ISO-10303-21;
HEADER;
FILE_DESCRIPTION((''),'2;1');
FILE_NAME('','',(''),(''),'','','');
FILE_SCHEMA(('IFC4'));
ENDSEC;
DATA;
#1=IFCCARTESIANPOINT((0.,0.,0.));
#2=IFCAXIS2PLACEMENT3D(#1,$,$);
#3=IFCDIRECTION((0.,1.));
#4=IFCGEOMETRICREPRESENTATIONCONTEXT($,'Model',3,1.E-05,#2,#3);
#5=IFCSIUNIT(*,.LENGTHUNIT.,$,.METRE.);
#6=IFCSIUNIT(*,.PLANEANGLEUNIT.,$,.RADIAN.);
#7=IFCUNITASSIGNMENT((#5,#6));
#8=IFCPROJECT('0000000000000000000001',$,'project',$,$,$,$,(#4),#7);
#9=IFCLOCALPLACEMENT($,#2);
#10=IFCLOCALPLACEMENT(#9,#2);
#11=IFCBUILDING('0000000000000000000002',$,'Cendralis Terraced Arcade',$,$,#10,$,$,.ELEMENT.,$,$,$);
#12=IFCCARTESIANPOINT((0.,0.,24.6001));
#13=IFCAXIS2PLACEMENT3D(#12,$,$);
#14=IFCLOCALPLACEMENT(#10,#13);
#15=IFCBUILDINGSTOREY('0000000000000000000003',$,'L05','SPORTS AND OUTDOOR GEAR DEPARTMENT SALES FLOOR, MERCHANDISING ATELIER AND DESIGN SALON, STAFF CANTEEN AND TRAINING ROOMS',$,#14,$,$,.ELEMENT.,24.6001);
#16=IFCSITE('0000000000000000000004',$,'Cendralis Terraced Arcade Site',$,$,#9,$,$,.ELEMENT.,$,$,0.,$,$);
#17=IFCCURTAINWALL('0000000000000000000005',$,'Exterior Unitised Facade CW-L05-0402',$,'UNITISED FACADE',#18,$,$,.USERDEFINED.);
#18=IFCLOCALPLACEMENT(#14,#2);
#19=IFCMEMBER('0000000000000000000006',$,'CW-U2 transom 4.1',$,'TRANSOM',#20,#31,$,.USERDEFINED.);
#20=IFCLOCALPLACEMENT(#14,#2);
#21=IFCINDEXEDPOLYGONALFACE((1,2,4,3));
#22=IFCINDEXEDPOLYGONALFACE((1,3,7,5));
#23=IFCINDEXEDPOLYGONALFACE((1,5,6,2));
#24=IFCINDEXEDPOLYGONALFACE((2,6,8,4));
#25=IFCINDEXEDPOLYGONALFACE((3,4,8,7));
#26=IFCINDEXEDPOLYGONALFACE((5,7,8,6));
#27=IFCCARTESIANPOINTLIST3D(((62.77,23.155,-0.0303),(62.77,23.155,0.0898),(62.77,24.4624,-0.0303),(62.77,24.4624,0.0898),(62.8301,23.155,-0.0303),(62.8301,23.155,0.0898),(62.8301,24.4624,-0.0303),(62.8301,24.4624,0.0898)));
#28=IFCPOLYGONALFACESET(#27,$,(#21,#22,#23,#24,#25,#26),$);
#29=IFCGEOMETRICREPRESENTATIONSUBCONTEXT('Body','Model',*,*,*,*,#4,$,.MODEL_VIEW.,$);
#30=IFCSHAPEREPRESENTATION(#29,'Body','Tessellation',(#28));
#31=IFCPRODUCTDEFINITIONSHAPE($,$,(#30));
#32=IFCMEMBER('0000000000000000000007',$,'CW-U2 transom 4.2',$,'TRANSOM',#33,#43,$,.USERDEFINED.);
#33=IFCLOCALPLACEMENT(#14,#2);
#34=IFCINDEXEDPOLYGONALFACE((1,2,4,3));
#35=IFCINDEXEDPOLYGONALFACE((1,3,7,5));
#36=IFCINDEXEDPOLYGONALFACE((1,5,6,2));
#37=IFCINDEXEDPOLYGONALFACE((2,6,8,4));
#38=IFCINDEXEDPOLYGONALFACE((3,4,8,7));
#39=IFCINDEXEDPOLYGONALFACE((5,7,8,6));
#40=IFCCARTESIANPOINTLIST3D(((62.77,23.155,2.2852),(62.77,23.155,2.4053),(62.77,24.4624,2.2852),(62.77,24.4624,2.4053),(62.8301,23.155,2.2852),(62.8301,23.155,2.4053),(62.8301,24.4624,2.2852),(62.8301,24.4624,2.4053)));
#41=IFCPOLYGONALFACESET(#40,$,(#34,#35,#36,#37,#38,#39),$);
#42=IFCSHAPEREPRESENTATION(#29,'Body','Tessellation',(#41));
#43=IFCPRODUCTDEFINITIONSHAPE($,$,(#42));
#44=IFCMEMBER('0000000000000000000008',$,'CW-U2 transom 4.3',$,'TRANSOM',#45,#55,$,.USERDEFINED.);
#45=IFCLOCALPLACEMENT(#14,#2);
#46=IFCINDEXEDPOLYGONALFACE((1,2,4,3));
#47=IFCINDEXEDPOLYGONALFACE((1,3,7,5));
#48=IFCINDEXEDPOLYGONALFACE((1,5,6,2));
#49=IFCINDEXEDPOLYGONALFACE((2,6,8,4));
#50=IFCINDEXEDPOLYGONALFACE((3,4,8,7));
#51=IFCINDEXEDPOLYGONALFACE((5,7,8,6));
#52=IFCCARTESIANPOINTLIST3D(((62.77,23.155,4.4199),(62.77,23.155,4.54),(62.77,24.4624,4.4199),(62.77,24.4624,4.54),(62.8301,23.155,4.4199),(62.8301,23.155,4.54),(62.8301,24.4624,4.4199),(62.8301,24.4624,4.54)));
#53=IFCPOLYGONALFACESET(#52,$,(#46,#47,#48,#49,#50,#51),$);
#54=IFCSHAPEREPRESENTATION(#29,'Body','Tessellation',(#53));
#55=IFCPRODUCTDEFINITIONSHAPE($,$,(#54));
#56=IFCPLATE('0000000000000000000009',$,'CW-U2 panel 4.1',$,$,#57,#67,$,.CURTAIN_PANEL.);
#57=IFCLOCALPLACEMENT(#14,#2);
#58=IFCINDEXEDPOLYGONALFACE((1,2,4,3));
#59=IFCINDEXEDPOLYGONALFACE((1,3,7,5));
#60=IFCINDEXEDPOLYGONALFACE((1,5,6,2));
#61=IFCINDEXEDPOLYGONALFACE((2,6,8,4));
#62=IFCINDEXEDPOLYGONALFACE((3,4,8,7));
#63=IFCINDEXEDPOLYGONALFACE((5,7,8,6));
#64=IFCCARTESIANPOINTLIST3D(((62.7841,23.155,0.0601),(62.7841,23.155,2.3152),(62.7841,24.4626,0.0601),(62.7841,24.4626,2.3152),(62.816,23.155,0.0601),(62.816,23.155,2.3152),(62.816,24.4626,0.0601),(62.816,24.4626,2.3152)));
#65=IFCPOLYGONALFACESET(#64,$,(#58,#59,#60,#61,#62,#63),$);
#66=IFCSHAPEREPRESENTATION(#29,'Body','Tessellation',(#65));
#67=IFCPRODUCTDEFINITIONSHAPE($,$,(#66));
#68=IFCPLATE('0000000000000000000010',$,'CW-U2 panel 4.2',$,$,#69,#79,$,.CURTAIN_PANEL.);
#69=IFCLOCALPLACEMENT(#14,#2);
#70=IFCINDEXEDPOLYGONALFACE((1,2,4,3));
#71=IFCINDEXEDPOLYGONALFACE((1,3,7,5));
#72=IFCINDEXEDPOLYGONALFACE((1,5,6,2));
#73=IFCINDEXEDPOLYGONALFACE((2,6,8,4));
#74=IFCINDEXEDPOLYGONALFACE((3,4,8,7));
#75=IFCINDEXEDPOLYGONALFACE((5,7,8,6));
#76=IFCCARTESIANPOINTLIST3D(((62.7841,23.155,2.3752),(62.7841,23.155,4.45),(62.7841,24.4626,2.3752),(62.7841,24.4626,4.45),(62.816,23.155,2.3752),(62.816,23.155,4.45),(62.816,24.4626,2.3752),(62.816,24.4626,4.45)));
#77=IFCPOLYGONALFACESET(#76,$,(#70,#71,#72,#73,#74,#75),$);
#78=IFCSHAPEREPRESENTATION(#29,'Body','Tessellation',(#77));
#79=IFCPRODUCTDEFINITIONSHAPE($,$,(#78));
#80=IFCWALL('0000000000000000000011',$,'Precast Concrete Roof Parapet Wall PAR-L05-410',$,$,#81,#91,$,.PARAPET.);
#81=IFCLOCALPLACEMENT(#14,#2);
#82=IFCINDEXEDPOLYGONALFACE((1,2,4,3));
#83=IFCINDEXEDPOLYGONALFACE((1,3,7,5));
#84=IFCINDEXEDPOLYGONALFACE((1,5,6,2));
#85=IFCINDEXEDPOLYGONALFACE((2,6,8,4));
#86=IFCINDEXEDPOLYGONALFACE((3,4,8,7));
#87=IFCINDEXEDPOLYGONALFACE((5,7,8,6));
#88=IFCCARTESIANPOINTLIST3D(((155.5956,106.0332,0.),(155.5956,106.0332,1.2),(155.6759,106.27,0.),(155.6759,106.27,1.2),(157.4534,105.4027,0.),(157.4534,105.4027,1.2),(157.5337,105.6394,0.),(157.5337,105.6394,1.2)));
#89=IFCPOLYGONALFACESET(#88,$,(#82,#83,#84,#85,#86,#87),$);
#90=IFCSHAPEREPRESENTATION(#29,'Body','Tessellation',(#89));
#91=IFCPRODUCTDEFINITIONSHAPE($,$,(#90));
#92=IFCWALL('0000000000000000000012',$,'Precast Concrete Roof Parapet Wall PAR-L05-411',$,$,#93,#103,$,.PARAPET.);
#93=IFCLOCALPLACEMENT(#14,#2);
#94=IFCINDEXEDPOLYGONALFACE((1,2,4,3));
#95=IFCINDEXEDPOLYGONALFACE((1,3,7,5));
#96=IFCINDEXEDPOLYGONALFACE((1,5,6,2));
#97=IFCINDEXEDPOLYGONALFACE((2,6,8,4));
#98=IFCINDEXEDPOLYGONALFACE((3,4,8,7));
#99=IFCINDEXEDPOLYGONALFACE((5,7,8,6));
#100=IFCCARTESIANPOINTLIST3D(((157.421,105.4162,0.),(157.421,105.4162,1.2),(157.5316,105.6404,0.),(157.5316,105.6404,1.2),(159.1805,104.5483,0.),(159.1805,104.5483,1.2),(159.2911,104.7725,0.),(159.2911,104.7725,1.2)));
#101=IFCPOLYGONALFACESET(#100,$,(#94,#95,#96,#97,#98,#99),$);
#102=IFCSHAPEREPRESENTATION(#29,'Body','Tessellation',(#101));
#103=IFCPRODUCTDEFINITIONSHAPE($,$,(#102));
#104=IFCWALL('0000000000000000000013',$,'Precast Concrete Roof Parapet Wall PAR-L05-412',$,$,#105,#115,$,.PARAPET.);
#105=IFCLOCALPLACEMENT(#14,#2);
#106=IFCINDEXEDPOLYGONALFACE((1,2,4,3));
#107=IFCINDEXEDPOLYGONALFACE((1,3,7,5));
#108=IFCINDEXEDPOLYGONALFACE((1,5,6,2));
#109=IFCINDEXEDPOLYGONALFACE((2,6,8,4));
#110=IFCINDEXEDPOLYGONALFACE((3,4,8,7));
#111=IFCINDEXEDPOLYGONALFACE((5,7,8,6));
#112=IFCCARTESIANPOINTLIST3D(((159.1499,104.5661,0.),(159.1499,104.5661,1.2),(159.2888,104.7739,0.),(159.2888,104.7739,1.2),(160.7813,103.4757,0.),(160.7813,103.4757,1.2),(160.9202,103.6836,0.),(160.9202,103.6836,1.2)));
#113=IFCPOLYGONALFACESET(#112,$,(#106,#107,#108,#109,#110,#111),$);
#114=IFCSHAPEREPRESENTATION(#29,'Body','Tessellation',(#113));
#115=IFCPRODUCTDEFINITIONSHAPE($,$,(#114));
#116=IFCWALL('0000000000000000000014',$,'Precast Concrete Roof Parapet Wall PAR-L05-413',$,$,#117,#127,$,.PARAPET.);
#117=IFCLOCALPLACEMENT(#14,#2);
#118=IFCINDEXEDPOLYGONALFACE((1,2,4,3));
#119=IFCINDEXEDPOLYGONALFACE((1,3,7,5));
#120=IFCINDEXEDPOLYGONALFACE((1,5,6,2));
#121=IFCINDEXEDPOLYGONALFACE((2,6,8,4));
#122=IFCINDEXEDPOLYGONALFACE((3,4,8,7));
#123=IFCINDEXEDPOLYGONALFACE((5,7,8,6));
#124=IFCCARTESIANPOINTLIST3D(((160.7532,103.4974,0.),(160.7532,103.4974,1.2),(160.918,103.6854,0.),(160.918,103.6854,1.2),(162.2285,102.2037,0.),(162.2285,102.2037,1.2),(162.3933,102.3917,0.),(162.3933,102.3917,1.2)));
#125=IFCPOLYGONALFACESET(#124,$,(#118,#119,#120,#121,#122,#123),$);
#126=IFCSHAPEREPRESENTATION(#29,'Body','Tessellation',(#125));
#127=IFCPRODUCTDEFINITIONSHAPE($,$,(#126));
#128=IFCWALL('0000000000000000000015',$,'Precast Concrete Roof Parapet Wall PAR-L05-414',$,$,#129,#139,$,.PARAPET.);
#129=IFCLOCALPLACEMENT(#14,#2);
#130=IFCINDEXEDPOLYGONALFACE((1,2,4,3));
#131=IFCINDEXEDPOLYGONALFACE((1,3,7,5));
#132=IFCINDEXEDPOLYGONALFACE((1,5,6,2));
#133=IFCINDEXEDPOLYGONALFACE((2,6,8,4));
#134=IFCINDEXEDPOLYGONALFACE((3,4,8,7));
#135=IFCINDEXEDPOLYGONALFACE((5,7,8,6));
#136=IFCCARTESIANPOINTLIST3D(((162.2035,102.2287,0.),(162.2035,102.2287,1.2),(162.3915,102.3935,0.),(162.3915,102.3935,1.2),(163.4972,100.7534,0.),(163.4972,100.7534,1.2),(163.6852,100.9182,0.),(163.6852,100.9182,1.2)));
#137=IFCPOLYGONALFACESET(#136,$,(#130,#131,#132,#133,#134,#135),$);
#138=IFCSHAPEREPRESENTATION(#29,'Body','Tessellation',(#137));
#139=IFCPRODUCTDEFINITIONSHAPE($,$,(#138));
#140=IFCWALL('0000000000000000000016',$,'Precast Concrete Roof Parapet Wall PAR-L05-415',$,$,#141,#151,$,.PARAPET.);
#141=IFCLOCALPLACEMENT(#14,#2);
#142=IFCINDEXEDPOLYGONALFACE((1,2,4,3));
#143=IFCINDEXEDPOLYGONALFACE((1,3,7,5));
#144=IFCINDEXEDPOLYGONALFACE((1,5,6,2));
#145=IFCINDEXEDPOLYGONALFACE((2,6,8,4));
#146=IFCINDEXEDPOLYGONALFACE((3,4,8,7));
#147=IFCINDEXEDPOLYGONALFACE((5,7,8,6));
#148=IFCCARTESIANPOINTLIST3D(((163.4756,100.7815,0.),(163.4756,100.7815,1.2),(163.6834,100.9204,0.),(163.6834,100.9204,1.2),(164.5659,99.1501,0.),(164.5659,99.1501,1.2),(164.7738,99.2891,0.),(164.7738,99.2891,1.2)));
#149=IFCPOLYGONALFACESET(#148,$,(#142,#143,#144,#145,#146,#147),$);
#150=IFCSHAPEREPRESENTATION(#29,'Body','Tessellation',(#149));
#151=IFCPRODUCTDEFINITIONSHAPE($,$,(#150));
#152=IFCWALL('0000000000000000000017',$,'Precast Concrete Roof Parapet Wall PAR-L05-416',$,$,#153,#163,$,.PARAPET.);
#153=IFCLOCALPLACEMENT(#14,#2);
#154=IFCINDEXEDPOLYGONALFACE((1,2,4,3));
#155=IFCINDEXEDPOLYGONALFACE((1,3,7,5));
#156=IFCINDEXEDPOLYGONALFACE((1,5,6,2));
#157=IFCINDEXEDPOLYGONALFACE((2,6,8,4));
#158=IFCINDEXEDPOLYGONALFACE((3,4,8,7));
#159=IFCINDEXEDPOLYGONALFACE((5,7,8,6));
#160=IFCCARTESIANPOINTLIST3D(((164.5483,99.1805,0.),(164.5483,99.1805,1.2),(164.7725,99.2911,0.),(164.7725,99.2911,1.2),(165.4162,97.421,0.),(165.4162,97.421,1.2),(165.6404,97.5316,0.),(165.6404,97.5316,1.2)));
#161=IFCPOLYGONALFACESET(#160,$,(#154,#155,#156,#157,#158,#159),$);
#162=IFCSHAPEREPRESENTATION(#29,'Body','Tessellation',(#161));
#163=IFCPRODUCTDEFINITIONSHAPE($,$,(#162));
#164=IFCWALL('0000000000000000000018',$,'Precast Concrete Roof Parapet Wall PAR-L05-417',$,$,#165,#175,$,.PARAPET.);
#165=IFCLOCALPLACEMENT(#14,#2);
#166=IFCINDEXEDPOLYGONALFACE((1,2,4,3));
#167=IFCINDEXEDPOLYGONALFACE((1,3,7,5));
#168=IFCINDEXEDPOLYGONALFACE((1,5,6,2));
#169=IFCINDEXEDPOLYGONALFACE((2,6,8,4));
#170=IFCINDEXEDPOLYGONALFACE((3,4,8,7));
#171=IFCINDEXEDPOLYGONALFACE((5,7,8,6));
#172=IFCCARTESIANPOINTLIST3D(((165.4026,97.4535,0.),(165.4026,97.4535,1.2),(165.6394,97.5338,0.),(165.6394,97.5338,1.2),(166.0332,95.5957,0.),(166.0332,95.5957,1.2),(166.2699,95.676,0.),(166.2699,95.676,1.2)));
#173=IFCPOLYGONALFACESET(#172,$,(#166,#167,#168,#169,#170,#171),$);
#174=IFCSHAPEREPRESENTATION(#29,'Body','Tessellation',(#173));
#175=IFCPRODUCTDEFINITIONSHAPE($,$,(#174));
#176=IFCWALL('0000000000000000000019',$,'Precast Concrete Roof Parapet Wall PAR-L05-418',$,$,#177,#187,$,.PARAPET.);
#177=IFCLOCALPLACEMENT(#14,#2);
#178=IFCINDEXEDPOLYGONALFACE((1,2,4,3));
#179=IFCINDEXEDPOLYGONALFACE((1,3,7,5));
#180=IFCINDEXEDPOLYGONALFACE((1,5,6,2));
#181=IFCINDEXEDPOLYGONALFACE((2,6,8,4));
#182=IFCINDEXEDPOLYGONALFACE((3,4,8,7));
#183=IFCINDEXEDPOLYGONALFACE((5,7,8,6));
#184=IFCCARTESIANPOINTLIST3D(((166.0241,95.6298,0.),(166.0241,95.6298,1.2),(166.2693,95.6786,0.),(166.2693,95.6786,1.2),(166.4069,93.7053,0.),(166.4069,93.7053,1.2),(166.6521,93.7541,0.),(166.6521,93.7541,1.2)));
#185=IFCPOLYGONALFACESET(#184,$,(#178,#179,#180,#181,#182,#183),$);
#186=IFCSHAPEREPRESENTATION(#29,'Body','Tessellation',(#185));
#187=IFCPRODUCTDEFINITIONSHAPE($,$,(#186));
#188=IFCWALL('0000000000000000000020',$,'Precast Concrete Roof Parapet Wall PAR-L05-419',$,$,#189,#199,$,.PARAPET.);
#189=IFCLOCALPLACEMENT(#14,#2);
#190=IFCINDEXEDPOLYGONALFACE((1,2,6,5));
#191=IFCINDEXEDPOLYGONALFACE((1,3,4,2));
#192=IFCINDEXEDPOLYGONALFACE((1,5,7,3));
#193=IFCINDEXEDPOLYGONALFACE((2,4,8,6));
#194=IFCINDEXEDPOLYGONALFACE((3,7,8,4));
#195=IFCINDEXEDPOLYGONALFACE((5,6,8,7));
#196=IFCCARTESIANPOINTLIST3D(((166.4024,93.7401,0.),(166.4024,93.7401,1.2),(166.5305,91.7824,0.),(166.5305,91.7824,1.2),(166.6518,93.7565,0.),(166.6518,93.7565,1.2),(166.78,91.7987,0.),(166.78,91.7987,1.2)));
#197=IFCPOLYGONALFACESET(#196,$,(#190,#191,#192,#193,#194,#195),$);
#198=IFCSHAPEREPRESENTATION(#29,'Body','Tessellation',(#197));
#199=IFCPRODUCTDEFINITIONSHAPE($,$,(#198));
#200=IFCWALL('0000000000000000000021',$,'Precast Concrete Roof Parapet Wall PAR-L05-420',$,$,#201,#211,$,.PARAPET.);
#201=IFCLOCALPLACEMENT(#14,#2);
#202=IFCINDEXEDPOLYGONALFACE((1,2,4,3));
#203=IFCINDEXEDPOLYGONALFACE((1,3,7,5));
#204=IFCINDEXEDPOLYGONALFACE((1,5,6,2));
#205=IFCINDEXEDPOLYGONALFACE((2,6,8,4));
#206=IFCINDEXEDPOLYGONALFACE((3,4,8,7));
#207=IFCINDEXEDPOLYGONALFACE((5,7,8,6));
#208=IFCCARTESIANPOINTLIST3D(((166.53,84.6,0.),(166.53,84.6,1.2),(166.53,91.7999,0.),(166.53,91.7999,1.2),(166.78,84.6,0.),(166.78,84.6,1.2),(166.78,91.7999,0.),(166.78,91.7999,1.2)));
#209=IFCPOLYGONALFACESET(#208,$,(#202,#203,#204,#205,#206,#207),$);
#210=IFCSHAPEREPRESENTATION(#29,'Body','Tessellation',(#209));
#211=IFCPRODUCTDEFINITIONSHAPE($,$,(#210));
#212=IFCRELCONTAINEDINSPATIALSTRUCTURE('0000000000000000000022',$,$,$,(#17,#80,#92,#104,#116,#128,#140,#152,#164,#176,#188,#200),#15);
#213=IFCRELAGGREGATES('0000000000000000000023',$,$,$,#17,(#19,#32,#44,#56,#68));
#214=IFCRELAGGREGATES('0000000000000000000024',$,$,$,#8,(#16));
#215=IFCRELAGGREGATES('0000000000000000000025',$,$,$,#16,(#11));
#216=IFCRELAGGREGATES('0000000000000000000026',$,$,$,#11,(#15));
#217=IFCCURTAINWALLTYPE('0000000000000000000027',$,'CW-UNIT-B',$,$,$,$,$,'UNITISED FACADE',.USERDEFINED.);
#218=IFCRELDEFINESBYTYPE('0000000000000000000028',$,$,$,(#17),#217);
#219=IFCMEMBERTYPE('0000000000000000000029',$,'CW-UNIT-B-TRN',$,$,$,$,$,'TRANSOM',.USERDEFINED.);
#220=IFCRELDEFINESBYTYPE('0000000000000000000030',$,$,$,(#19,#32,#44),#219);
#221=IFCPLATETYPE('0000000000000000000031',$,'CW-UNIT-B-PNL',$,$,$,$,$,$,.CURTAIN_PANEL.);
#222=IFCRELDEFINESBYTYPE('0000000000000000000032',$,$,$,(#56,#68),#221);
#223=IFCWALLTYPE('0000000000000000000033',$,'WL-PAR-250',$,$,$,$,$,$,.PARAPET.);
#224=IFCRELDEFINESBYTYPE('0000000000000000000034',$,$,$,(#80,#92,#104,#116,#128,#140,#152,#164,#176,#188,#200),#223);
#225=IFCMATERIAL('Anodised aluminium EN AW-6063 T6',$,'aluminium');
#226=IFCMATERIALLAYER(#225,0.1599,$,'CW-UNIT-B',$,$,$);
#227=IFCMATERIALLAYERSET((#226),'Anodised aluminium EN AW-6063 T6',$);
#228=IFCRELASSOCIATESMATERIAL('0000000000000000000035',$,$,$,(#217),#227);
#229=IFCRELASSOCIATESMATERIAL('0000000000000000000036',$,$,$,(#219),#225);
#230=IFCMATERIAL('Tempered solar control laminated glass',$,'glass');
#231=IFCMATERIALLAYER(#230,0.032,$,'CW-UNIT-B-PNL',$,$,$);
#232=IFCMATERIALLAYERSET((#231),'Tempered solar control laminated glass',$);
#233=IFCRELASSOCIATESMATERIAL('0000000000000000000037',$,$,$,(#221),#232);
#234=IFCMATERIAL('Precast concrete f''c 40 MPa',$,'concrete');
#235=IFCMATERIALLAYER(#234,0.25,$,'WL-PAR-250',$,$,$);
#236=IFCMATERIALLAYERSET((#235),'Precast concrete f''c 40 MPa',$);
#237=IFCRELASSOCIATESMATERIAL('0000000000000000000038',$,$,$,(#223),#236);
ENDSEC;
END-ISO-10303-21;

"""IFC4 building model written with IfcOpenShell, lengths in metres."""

from ifc_helpers import new_model, si_unit, direction, frame, frame_2d, origin, origin_2d, place, context, subcontext, project, spatial, rectangle, extrude, material, layer, layer_set, material_profile, profile_set, type_object, element, aggregate, save


model = new_model("IFC4")

# Units and contexts
model_context = context("Model", 3, precision=1e-05, world=origin(), true_north=direction((0.0, 1.0)))
body_context = subcontext(model_context, "Body", "Model", "MODEL_VIEW")
ifc_project = project(units=[si_unit("LENGTHUNIT", "METRE"), si_unit("PLANEANGLEUNIT", "RADIAN")], contexts=[model_context])

# Site, building, storey
site_placement = place(None, origin())
site = spatial("IfcSite", under=ifc_project, at=site_placement, Name="Cendralis Terraced Arcade Site", CompositionType="ELEMENT", RefElevation=0.0)
building_placement = place(site_placement, origin())
building = spatial("IfcBuilding", under=site, at=building_placement, Name="Cendralis Terraced Arcade", CompositionType="ELEMENT")
storey_placement = place(building_placement, frame((0.0, 0.0, 24.6001)))
storey = spatial("IfcBuildingStorey", under=building, at=storey_placement, Name="L05", Description="SPORTS AND OUTDOOR GEAR DEPARTMENT SALES FLOOR, MERCHANDISING ATELIER AND DESIGN SALON, STAFF CANTEEN AND TRAINING ROOMS", CompositionType="ELEMENT", Elevation=24.6001)

# Curtain wall, members, plates
ifc_material_1 = material(Name="Anodised aluminium EN AW-6063 T6", Category="aluminium")
ifc_layer_1 = layer(ifc_material_1, 0.1599, Name="CW-UNIT-B")
ifc_layer_set_1 = layer_set([ifc_layer_1], Name="Anodised aluminium EN AW-6063 T6")
curtain_wall_type = type_object("IfcCurtainWallType", Name="CW-UNIT-B", ElementType="UNITISED FACADE", PredefinedType="USERDEFINED", material=ifc_layer_set_1)
curtain_wall_placement = place(storey_placement, origin())
curtain_wall = element("IfcCurtainWall", 1, at=curtain_wall_placement, inside=storey, type_object=curtain_wall_type, Name="Exterior Unitised Facade CW-L05-0402", ObjectType="UNITISED FACADE", PredefinedType="USERDEFINED")
ifc_material_profile = material_profile(ifc_material_1, rectangle(XDim=0.0601, YDim=0.1201, at=origin_2d()), Name="ALU-TRN-60x120")
ifc_profile_set = profile_set([ifc_material_profile], Name="Anodised aluminium EN AW-6063 T6")
member_type = type_object("IfcMemberType", Name="CW-UNIT-B-TRN", ElementType="TRANSOM", PredefinedType="USERDEFINED", material=ifc_profile_set)
member_1_placement = place(storey_placement, frame((62.8, 24.4624, 0.0298), z_axis=(0.0, -1.0, 0.0), x_axis=(1.0, 0.0, 0.0)))
member_1 = element("IfcMember", 2, at=member_1_placement, type_object=member_type, Name="CW-U2 transom 4.1", ObjectType="TRANSOM", PredefinedType="USERDEFINED", context=body_context, shape_type="SweptSolid", body=[
    extrude(rectangle(XDim=0.0601, YDim=0.1201, at=origin_2d()), origin(), (0.0, 0.0, 1.0), 1.3074),
])
member_2_placement = place(storey_placement, frame((62.8, 24.4624, 2.3452), z_axis=(0.0, -1.0, 0.0), x_axis=(1.0, 0.0, 0.0)))
member_2 = element("IfcMember", 3, at=member_2_placement, type_object=member_type, Name="CW-U2 transom 4.2", ObjectType="TRANSOM", PredefinedType="USERDEFINED", context=body_context, shape_type="SweptSolid", body=[
    extrude(rectangle(XDim=0.0601, YDim=0.1201, at=origin_2d()), origin(), (0.0, 0.0, 1.0), 1.3074),
])
member_3_placement = place(storey_placement, frame((62.8, 24.4624, 4.48), z_axis=(0.0, -1.0, 0.0), x_axis=(1.0, 0.0, 0.0)))
member_3 = element("IfcMember", 4, at=member_3_placement, type_object=member_type, Name="CW-U2 transom 4.3", ObjectType="TRANSOM", PredefinedType="USERDEFINED", context=body_context, shape_type="SweptSolid", body=[
    extrude(rectangle(XDim=0.0601, YDim=0.1201, at=origin_2d()), origin(), (0.0, 0.0, 1.0), 1.3074),
])
ifc_material_2 = material(Name="Tempered solar control laminated glass", Category="glass")
ifc_layer_2 = layer(ifc_material_2, 0.032, Name="CW-UNIT-B-PNL")
ifc_layer_set_2 = layer_set([ifc_layer_2], Name="Tempered solar control laminated glass")
plate_type = type_object("IfcPlateType", Name="CW-UNIT-B-PNL", PredefinedType="CURTAIN_PANEL", material=ifc_layer_set_2)
plate_1_placement = place(storey_placement, frame((62.8, 23.8088, 0.0601), z_axis=(0.0, 0.0, 1.0), x_axis=(0.0, -1.0, 0.0)))
plate_1 = element("IfcPlate", 5, at=plate_1_placement, type_object=plate_type, Name="CW-U2 panel 4.1", PredefinedType="CURTAIN_PANEL", context=body_context, shape_type="SweptSolid", body=[
    extrude(rectangle(XDim=1.3076, YDim=0.032, at=origin_2d()), origin(), (0.0, 0.0, 1.0), 2.2551),
])
plate_2_placement = place(storey_placement, frame((62.8, 23.8088, 2.3752), z_axis=(0.0, 0.0, 1.0), x_axis=(0.0, -1.0, 0.0)))
plate_2 = element("IfcPlate", 6, at=plate_2_placement, type_object=plate_type, Name="CW-U2 panel 4.2", PredefinedType="CURTAIN_PANEL", context=body_context, shape_type="SweptSolid", body=[
    extrude(rectangle(XDim=1.3076, YDim=0.032, at=origin_2d()), origin(), (0.0, 0.0, 1.0), 2.0747),
])
aggregate(curtain_wall, [member_1, member_2, member_3, plate_1, plate_2])

# Walls
ifc_material_3 = material(Name="Precast concrete f'c 40 MPa", Category="concrete")
ifc_layer_3 = layer(ifc_material_3, 0.25, Name="WL-PAR-250")
ifc_layer_set_3 = layer_set([ifc_layer_3], Name="Precast concrete f'c 40 MPa")
wall_type = type_object("IfcWallType", Name="WL-PAR-250", PredefinedType="PARAPET", material=ifc_layer_set_3)
for number, where, z_axis, x_axis, name in (
    (7, (155.6357, 106.1516, 0.0), (0.0, 0.0, 1.0), (0.946939, -0.321412, 0.0), "Precast Concrete Roof Parapet Wall PAR-L05-410"),
    (8, (157.4763, 105.5283, 0.0), (0.0, 0.0, 1.0), (0.896828, -0.442379, 0.0), "Precast Concrete Roof Parapet Wall PAR-L05-411"),
):
    element("IfcWall", number, at=place(storey_placement, frame(where, z_axis=z_axis, x_axis=x_axis)), inside=storey, type_object=wall_type, Name=name, PredefinedType="PARAPET", context=body_context, shape_type="SweptSolid", body=[
        extrude(rectangle(XDim=1.9619, YDim=0.25, at=frame_2d((0.981, 0.0))), origin(), (0.0, 0.0, 1.0), 1.2),
    ])
for number, where, z_axis, x_axis, name in (
    (9, (159.2195, 104.6699, 0.0), (0.0, 0.0, 1.0), (0.831399, -0.555676, 0.0), "Precast Concrete Roof Parapet Wall PAR-L05-412"),
    (10, (160.8357, 103.5913, 0.0), (0.0, 0.0, 1.0), (0.751875, -0.659306, 0.0), "Precast Concrete Roof Parapet Wall PAR-L05-413"),
    (11, (162.2976, 102.311, 0.0), (0.0, 0.0, 1.0), (0.659306, -0.751875, 0.0), "Precast Concrete Roof Parapet Wall PAR-L05-414"),
    (12, (163.5796, 100.8508, 0.0), (0.0, 0.0, 1.0), (0.555676, -0.831399, 0.0), "Precast Concrete Roof Parapet Wall PAR-L05-415"),
):
    element("IfcWall", number, at=place(storey_placement, frame(where, z_axis=z_axis, x_axis=x_axis)), inside=storey, type_object=wall_type, Name=name, PredefinedType="PARAPET", context=body_context, shape_type="SweptSolid", body=[
        extrude(rectangle(XDim=1.9622, YDim=0.25, at=frame_2d((0.981, 0.0))), origin(), (0.0, 0.0, 1.0), 1.2),
    ])
for number, where, z_axis, x_axis, name in (
    (13, (164.6604, 99.2358, 0.0), (0.0, 0.0, 1.0), (0.442379, -0.896828, 0.0), "Precast Concrete Roof Parapet Wall PAR-L05-416"),
    (14, (165.521, 97.4937, 0.0), (0.0, 0.0, 1.0), (0.321412, -0.946939, 0.0), "Precast Concrete Roof Parapet Wall PAR-L05-417"),
):
    element("IfcWall", number, at=place(storey_placement, frame(where, z_axis=z_axis, x_axis=x_axis)), inside=storey, type_object=wall_type, Name=name, PredefinedType="PARAPET", context=body_context, shape_type="SweptSolid", body=[
        extrude(rectangle(XDim=1.9619, YDim=0.25, at=frame_2d((0.981, 0.0))), origin(), (0.0, 0.0, 1.0), 1.2),
    ])
wall_1_placement = place(storey_placement, frame((166.1467, 95.6541, 0.0), z_axis=(0.0, 0.0, 1.0), x_axis=(0.195087, -0.980786, 0.0)))
element("IfcWall", 15, at=wall_1_placement, inside=storey, type_object=wall_type, Name="Precast Concrete Roof Parapet Wall PAR-L05-418", PredefinedType="PARAPET", context=body_context, shape_type="SweptSolid", body=[
    extrude(rectangle(XDim=1.9622, YDim=0.25, at=frame_2d((0.981, 0.0))), origin(), (0.0, 0.0, 1.0), 1.2),
])
wall_2_placement = place(storey_placement, frame((166.5271, 93.7483, 0.0), z_axis=(0.0, 0.0, 1.0), x_axis=(0.06533, -0.997864, 0.0)))
element("IfcWall", 16, at=wall_2_placement, inside=storey, type_object=wall_type, Name="Precast Concrete Roof Parapet Wall PAR-L05-419", PredefinedType="PARAPET", context=body_context, shape_type="SweptSolid", body=[
    extrude(rectangle(XDim=1.9619, YDim=0.25, at=frame_2d((0.981, 0.0))), origin(), (0.0, 0.0, 1.0), 1.2),
])
wall_3_placement = place(storey_placement, frame((166.655, 91.8, 0.0), z_axis=(0.0, 0.0, 1.0), x_axis=(0.0, -1.0, 0.0)))
element("IfcWall", 17, at=wall_3_placement, inside=storey, type_object=wall_type, Name="Precast Concrete Roof Parapet Wall PAR-L05-420", PredefinedType="PARAPET", context=body_context, shape_type="SweptSolid", body=[
    extrude(rectangle(XDim=7.2, YDim=0.25, at=frame_2d((3.6001, 0.0))), origin(), (0.0, 0.0, 1.0), 1.2),
])

save(model, "model.ifc")
